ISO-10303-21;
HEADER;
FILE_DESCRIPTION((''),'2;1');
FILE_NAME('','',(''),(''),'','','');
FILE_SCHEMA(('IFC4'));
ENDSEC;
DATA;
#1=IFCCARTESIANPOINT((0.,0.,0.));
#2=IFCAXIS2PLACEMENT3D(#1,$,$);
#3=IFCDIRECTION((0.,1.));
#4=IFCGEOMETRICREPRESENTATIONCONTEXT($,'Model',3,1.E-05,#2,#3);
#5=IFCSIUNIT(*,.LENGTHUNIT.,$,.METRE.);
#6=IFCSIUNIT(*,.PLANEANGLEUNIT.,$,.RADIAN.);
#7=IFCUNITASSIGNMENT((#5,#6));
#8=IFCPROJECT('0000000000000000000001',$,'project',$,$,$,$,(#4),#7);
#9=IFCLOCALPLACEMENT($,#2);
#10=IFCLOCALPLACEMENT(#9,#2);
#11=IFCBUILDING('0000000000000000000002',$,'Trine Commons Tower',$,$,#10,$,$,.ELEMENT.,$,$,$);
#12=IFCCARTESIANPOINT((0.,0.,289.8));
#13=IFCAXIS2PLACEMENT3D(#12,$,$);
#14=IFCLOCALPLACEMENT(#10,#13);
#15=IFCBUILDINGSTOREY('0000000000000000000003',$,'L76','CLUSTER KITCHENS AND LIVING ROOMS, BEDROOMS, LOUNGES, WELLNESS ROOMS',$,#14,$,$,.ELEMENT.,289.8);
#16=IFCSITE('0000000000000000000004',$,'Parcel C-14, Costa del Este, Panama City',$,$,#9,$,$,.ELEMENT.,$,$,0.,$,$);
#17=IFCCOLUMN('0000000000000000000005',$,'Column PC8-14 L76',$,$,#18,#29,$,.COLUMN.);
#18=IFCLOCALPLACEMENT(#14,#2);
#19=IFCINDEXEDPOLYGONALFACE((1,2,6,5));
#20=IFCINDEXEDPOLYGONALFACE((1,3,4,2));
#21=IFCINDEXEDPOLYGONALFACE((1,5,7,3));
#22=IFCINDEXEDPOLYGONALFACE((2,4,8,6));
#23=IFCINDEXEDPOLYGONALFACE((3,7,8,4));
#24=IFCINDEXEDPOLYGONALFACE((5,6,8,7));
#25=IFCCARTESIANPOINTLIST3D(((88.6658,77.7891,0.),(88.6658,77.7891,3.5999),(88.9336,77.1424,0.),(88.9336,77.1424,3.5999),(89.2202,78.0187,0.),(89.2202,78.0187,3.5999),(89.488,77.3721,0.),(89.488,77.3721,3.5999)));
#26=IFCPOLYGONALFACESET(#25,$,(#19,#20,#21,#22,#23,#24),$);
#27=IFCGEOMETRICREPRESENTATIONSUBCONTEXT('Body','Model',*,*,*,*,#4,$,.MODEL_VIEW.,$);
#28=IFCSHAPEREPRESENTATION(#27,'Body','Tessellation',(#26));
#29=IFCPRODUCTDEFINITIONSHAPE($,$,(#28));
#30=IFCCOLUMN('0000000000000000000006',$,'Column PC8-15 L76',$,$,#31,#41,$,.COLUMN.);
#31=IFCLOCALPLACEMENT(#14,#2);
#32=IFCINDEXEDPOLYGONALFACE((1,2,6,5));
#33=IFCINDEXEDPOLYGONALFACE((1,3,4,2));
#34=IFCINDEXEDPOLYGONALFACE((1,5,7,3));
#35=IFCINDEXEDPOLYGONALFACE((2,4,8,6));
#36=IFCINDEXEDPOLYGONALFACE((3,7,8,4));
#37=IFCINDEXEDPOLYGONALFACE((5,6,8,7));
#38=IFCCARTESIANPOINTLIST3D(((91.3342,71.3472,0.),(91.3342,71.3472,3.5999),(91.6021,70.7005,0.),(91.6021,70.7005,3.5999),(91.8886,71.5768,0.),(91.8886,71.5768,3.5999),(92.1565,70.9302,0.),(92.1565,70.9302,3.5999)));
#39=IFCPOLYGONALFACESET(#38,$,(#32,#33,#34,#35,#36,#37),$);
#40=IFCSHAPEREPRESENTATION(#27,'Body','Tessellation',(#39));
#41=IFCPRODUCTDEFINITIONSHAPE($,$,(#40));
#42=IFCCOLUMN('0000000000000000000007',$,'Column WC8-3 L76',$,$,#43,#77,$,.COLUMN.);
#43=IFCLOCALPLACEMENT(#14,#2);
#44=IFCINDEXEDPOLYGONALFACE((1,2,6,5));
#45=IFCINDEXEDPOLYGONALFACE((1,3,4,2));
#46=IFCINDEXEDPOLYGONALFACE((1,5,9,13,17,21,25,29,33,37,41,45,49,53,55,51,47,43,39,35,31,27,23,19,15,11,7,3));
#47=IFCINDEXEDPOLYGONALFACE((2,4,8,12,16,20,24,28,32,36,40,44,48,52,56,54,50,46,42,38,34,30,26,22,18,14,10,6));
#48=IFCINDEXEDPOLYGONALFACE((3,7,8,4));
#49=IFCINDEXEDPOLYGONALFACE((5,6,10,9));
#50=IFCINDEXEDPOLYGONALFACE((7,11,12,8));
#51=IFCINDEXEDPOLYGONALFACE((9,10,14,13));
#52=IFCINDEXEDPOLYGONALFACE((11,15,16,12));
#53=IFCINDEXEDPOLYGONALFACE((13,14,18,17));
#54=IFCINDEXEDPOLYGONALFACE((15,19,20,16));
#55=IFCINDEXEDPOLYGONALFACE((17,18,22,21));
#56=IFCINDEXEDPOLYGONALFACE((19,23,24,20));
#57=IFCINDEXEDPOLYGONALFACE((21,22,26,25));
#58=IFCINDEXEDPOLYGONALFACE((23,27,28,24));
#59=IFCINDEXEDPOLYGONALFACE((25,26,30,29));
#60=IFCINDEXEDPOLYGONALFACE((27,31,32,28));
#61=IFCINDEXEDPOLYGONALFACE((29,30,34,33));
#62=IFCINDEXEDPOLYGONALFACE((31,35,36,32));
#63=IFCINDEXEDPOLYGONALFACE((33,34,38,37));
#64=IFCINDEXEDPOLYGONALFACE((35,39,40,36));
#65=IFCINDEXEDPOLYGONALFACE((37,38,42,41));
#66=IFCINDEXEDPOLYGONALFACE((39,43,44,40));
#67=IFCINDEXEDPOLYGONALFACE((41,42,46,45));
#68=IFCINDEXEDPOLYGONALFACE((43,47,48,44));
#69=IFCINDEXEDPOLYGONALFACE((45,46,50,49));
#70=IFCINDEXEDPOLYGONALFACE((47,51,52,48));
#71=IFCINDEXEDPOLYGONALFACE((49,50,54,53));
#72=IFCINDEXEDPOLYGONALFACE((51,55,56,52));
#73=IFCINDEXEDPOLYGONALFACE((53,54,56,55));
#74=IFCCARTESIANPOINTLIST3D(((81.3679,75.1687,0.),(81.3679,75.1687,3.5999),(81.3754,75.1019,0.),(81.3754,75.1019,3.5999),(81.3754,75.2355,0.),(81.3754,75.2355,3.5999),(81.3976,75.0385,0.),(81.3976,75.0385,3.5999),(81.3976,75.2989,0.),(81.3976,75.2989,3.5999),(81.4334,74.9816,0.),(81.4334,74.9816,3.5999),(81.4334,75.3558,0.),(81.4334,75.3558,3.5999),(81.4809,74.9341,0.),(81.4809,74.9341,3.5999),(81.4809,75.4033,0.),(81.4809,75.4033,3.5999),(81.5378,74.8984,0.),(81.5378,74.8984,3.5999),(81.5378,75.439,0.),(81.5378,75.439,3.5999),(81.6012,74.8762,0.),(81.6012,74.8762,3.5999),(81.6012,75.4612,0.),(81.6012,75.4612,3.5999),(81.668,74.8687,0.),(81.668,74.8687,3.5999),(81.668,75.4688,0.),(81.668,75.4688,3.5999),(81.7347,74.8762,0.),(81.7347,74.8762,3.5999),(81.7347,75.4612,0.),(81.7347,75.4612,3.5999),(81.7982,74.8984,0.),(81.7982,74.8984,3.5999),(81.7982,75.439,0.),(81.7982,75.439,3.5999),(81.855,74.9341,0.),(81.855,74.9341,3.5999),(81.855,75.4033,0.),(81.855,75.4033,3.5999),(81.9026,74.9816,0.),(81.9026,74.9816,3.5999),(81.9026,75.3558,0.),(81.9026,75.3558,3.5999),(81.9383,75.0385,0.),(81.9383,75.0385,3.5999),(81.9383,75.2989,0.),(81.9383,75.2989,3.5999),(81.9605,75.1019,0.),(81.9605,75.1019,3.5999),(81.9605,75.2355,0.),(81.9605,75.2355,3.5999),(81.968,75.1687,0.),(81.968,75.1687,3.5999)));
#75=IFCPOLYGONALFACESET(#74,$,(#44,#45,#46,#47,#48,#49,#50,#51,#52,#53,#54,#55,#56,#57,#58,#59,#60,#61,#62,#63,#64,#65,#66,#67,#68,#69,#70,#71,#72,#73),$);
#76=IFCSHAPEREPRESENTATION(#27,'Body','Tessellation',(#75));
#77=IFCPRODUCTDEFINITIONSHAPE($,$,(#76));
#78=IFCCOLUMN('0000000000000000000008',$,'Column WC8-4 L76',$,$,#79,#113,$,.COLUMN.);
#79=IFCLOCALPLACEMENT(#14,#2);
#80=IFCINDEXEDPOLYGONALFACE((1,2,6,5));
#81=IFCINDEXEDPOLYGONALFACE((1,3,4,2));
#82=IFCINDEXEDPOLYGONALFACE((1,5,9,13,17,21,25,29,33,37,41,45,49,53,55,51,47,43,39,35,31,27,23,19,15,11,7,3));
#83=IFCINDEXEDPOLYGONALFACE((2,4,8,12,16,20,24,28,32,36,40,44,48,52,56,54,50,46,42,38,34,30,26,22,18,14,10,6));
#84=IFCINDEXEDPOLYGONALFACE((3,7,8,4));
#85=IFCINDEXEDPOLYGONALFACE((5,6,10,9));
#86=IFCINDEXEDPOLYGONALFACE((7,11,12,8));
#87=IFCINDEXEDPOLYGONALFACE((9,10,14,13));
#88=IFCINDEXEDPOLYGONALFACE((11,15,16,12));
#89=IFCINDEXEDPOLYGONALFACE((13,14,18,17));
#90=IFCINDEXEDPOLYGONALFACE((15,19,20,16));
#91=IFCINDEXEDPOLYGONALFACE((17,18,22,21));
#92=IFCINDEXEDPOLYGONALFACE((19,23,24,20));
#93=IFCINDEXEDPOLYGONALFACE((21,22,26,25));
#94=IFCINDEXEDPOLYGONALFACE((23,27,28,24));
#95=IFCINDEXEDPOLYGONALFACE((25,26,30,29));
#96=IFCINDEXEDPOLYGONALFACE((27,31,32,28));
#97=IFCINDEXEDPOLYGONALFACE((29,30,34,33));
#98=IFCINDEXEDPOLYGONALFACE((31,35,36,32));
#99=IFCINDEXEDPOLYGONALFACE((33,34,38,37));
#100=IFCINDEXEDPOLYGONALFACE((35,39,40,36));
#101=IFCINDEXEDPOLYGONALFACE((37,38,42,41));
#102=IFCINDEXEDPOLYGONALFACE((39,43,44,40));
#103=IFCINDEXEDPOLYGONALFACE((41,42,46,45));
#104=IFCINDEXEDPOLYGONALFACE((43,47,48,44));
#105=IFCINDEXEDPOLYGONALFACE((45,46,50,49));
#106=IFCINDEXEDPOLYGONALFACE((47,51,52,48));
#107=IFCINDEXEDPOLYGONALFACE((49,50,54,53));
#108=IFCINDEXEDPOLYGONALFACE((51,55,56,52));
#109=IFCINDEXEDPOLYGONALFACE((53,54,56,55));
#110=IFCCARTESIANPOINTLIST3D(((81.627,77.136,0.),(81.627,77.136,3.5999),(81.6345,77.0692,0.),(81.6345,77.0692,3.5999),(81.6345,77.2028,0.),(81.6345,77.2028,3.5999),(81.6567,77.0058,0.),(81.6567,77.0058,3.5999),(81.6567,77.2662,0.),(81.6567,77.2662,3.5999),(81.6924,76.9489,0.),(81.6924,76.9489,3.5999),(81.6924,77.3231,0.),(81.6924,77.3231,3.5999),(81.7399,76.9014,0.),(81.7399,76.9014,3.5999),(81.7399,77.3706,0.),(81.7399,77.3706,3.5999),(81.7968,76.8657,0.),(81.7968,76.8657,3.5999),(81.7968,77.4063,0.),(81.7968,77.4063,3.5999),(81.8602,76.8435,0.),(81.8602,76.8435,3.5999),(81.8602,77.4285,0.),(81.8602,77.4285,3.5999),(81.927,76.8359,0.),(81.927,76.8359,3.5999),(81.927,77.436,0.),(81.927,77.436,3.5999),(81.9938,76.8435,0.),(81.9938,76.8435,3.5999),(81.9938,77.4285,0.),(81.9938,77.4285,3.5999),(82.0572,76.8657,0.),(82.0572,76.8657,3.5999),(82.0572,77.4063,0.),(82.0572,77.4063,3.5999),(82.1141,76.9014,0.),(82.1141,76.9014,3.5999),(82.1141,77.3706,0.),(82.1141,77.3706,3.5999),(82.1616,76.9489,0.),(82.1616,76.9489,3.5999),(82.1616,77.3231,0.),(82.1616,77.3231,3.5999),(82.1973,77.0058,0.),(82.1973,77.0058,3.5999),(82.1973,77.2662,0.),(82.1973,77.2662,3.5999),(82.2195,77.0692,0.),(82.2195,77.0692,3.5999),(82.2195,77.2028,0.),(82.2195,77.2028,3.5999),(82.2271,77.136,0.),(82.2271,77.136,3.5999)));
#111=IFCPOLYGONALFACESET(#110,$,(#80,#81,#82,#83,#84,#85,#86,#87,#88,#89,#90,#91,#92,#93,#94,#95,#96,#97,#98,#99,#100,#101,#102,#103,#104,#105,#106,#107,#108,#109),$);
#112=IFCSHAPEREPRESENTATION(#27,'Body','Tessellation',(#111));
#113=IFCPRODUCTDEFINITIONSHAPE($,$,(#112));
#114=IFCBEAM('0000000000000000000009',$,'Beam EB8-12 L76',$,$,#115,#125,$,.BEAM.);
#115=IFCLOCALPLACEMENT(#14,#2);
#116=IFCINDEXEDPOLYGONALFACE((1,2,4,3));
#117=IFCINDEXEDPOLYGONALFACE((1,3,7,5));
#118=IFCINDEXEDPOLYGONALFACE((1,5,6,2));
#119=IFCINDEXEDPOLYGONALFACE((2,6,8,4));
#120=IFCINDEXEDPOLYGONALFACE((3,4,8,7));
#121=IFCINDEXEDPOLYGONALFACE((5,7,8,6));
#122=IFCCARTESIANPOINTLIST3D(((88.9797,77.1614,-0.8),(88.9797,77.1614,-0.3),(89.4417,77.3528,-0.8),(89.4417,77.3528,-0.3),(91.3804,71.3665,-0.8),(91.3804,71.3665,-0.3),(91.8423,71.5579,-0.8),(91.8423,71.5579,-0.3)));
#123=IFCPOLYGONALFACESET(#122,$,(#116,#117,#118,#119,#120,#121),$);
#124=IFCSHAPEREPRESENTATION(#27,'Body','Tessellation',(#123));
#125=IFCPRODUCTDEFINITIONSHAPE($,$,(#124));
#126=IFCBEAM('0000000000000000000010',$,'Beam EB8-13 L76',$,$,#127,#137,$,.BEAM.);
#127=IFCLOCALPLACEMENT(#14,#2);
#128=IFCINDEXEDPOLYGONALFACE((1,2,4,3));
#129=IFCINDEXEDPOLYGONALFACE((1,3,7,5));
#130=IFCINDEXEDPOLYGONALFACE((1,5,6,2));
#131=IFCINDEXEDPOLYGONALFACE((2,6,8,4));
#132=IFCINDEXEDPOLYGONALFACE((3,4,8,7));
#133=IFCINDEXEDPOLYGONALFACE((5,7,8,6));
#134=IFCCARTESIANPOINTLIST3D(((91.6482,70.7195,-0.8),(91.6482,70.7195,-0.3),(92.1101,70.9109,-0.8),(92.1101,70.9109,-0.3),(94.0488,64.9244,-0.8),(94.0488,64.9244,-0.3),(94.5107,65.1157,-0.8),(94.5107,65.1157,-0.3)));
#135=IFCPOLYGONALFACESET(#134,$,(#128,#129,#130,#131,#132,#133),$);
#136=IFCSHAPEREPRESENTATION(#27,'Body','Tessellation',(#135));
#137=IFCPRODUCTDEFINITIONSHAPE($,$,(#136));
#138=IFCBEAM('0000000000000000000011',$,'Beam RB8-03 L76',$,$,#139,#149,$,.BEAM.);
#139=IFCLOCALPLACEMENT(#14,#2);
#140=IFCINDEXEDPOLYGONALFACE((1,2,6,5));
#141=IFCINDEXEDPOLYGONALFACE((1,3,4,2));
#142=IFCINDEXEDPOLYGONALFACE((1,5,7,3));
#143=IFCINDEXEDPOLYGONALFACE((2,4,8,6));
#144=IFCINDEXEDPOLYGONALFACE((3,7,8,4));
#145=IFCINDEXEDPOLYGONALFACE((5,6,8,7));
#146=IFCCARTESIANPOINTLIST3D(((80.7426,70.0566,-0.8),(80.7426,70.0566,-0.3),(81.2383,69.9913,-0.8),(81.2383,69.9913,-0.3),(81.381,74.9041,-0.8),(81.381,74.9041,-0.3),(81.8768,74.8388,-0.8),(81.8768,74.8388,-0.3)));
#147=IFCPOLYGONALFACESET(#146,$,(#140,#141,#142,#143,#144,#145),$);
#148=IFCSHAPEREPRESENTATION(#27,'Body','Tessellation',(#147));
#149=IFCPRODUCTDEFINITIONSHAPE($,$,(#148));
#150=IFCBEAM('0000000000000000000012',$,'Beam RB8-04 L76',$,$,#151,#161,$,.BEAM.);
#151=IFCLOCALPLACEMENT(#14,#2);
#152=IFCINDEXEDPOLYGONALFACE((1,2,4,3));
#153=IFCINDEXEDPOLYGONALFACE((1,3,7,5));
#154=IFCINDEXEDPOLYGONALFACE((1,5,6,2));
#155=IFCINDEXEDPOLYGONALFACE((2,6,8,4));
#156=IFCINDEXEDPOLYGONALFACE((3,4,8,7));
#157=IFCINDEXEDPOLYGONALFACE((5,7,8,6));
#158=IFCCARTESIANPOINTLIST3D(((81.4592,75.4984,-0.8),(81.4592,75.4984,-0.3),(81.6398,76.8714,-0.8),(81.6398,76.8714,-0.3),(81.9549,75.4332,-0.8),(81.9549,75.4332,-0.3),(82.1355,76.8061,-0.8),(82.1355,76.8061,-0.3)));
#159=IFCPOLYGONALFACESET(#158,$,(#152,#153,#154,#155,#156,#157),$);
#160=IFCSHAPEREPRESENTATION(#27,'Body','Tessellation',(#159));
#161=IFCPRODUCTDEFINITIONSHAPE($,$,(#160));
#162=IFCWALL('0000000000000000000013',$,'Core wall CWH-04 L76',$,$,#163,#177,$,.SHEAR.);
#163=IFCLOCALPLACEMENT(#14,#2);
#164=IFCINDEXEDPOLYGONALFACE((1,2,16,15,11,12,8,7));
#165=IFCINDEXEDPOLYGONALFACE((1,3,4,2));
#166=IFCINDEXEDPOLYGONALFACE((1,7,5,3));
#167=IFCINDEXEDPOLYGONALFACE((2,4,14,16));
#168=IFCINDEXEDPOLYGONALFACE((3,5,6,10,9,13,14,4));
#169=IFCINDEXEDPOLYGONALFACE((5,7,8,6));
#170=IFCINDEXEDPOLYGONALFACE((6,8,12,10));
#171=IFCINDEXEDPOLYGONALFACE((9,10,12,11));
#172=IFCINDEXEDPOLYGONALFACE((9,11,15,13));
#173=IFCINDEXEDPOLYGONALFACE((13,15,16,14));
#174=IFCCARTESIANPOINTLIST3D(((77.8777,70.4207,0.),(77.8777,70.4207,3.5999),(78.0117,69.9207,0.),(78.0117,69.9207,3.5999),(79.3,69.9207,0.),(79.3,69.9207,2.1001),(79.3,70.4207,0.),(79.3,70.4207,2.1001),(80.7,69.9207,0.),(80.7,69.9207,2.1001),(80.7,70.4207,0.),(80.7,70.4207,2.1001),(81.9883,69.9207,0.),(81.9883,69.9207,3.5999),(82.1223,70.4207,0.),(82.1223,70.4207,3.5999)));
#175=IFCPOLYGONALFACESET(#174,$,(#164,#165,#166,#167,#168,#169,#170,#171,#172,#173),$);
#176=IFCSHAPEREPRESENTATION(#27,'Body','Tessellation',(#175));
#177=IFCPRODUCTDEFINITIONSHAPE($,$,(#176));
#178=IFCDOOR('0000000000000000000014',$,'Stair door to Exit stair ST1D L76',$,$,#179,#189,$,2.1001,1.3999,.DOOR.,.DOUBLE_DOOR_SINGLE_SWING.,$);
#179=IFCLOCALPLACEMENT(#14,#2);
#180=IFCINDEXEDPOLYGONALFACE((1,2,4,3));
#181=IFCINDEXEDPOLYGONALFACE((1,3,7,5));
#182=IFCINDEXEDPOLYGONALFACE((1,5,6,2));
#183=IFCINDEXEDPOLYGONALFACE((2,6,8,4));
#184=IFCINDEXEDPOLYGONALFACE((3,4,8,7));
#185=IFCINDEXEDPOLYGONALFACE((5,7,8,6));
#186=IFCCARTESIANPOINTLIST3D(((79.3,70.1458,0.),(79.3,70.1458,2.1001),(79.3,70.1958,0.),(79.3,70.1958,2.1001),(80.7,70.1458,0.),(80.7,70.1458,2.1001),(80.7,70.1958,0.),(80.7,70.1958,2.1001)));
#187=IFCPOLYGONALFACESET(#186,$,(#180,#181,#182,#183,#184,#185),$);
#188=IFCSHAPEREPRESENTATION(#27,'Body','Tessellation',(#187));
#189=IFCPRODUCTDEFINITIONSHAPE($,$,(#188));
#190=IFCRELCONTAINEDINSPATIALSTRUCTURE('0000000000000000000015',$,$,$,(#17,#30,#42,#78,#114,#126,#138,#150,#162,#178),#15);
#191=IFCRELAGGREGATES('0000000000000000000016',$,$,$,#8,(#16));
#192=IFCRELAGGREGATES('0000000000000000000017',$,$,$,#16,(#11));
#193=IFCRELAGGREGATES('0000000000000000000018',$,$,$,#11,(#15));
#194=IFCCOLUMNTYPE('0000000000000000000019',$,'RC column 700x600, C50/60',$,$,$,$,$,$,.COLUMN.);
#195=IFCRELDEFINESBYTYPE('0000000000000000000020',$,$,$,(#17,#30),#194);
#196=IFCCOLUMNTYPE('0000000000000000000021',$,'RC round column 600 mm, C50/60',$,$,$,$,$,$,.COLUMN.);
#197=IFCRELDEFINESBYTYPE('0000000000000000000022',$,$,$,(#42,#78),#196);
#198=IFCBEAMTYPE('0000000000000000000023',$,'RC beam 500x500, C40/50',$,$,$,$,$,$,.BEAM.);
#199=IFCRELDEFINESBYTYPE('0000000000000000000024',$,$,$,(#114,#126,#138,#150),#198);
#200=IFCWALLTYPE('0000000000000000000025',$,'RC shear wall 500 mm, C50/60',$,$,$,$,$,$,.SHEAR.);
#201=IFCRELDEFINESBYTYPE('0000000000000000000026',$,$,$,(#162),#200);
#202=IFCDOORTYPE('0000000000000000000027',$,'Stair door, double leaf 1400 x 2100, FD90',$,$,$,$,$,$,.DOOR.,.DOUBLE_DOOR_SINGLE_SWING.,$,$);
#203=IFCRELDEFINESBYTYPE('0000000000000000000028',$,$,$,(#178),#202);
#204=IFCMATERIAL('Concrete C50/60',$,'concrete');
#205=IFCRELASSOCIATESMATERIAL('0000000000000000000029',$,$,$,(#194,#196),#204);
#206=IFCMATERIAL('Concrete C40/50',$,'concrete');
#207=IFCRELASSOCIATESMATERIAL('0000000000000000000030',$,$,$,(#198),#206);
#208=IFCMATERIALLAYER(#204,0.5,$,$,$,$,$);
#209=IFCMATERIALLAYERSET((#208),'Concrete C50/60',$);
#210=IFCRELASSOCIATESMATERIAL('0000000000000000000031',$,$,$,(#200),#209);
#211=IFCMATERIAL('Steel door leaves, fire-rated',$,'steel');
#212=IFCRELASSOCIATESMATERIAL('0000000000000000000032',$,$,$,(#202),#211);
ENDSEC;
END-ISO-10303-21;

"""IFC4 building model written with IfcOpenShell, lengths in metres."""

from ifc_helpers import new_model, si_unit, direction, frame, frame_2d, origin, origin_2d, place, context, subcontext, project, spatial, polyline, rectangle, circle, outline, extrude, material, layer, layer_set, material_profile, profile_set, type_object, element, fill, save


model = new_model("IFC4")

# Units and contexts
model_context = context("Model", 3, precision=1e-05, world=origin(), true_north=direction((0.0, 1.0)))
body_context = subcontext(model_context, "Body", "Model", "MODEL_VIEW")
ifc_project = project(units=[si_unit("LENGTHUNIT", "METRE"), si_unit("PLANEANGLEUNIT", "RADIAN")], contexts=[model_context])

# Site, building, storey
site_placement = place(None, origin())
site = spatial("IfcSite", under=ifc_project, at=site_placement, Name="Parcel C-14, Costa del Este, Panama City", CompositionType="ELEMENT", RefElevation=0.0)
building_placement = place(site_placement, origin())
building = spatial("IfcBuilding", under=site, at=building_placement, Name="Trine Commons Tower", CompositionType="ELEMENT")
storey_placement = place(building_placement, frame((0.0, 0.0, 289.8)))
storey = spatial("IfcBuildingStorey", under=building, at=storey_placement, Name="L76", Description="CLUSTER KITCHENS AND LIVING ROOMS, BEDROOMS, LOUNGES, WELLNESS ROOMS", CompositionType="ELEMENT", Elevation=289.8)

# Columns
ifc_material_1 = material(Name="Concrete C50/60", Category="concrete")
ifc_material_profile_1 = material_profile(ifc_material_1, rectangle(XDim=0.7, YDim=0.6001, at=origin_2d()), Name="RC 700x600")
ifc_profile_set_1 = profile_set([ifc_material_profile_1], Name="Concrete C50/60")
column_type_1 = type_object("IfcColumnType", Name="RC column 700x600, C50/60", PredefinedType="COLUMN", material=ifc_profile_set_1)
for number, where, z_axis, x_axis, name in (
    (1, (89.0769, 77.5806, 0.0), (0.0, 0.0, 1.0), (-0.382683, 0.92388, 0.0), "Column PC8-14 L76"),
    (2, (91.7454, 71.1387, 0.0), (0.0, 0.0, 1.0), (-0.382683, 0.92388, 0.0), "Column PC8-15 L76"),
):
    element("IfcColumn", number, at=place(storey_placement, frame(where, z_axis=z_axis, x_axis=x_axis)), inside=storey, type_object=column_type_1, Name=name, PredefinedType="COLUMN", context=body_context, shape_type="SweptSolid", body=[
        extrude(rectangle(XDim=0.7, YDim=0.6001, at=origin_2d()), origin(), (0.0, 0.0, 1.0), 3.5999),
    ])
ifc_material_profile_2 = material_profile(ifc_material_1, circle(Radius=0.3, at=origin_2d()), Name="RC round 600")
ifc_profile_set_2 = profile_set([ifc_material_profile_2], Name="Concrete C50/60")
column_type_2 = type_object("IfcColumnType", Name="RC round column 600 mm, C50/60", PredefinedType="COLUMN", material=ifc_profile_set_2)
for number, where, z_axis, x_axis, name in (
    (3, (81.668, 75.1687, 0.0), (0.0, 0.0, 1.0), (1.0, 0.0, 0.0), "Column WC8-3 L76"),
    (4, (81.927, 77.136, 0.0), (0.0, 0.0, 1.0), (1.0, 0.0, 0.0), "Column WC8-4 L76"),
):
    element("IfcColumn", number, at=place(storey_placement, frame(where, z_axis=z_axis, x_axis=x_axis)), inside=storey, type_object=column_type_2, Name=name, PredefinedType="COLUMN", context=body_context, shape_type="SweptSolid", body=[
        extrude(circle(Radius=0.3, at=origin_2d()), origin(), (0.0, 0.0, 1.0), 3.5999),
    ])

# Beams
ifc_material_2 = material(Name="Concrete C40/50", Category="concrete")
ifc_material_profile_3 = material_profile(ifc_material_2, rectangle(XDim=0.5, YDim=0.5, at=origin_2d()), Name="RC 500x500")
ifc_profile_set_3 = profile_set([ifc_material_profile_3], Name="Concrete C40/50")
beam_type = type_object("IfcBeamType", Name="RC beam 500x500, C40/50", PredefinedType="BEAM", material=ifc_profile_set_3)
beam_1_placement = place(storey_placement, frame((89.2107, 77.2571, -0.55), z_axis=(0.382724, -0.923863, 0.0), x_axis=(0.923863, 0.382724, 0.0)))
element("IfcBeam", 5, at=beam_1_placement, inside=storey, type_object=beam_type, Name="Beam EB8-12 L76", PredefinedType="BEAM", context=body_context, shape_type="SweptSolid", body=[
    extrude(rectangle(XDim=0.5, YDim=0.5, at=origin_2d()), origin(), (0.0, 0.0, 1.0), 6.2725),
])
beam_2_placement = place(storey_placement, frame((91.8792, 70.8152, -0.55), z_axis=(0.38271, -0.923868, 0.0), x_axis=(0.923868, 0.38271, 0.0)))
element("IfcBeam", 6, at=beam_2_placement, inside=storey, type_object=beam_type, Name="Beam EB8-13 L76", PredefinedType="BEAM", context=body_context, shape_type="SweptSolid", body=[
    extrude(rectangle(XDim=0.5, YDim=0.5, at=origin_2d()), origin(), (0.0, 0.0, 1.0), 6.2727),
])
beam_3_placement = place(storey_placement, frame((80.9905, 70.0239, -0.55), z_axis=(0.130571, 0.991439, 0.0), x_axis=(-0.991439, 0.130571, 0.0)))
element("IfcBeam", 7, at=beam_3_placement, inside=storey, type_object=beam_type, Name="Beam RB8-03 L76", PredefinedType="BEAM", context=body_context, shape_type="SweptSolid", body=[
    extrude(rectangle(XDim=0.5, YDim=0.5, at=origin_2d()), origin(), (0.0, 0.0, 1.0), 4.8894),
])
beam_4_placement = place(storey_placement, frame((81.707, 75.4658, -0.55), z_axis=(0.130455, 0.991454, 0.0), x_axis=(-0.991454, 0.130455, 0.0)))
element("IfcBeam", 8, at=beam_4_placement, inside=storey, type_object=beam_type, Name="Beam RB8-04 L76", PredefinedType="BEAM", context=body_context, shape_type="SweptSolid", body=[
    extrude(rectangle(XDim=0.5, YDim=0.5, at=origin_2d()), origin(), (0.0, 0.0, 1.0), 1.3848),
])

# Wall, opening, door
ifc_layer_1 = layer(ifc_material_1, 0.5)
ifc_layer_set_1 = layer_set([ifc_layer_1], Name="Concrete C50/60")
wall_type_1 = type_object("IfcWallType", Name="RC shear wall 500 mm, C50/60", PredefinedType="SHEAR", material=ifc_layer_set_1)
wall_1_placement = place(storey_placement, frame((82.1223, 70.1707, 0.0), z_axis=(0.0, 0.0, 1.0), x_axis=(-1.0, 0.0, 0.0)))
wall_1 = element("IfcWall", 9, at=wall_1_placement, inside=storey, type_object=wall_type_1, Name="Core wall CWH-04 L76", PredefinedType="SHEAR", context=body_context, shape_type="SweptSolid", body=[
    extrude(outline(polyline([(0.0, -0.25), (4.2446, -0.25), (4.1106, 0.25), (0.134, 0.25), (0.0, -0.25)])), origin(), (0.0, 0.0, 1.0), 3.5999),
])
opening_1_placement = place(wall_1_placement, frame((1.4224, 0.0, 0.0)))
opening_1 = element("IfcOpeningElement", 10, at=opening_1_placement, cuts=wall_1, PredefinedType="OPENING", context=body_context, shape_type="SweptSolid", body=[
    extrude(rectangle(XDim=1.3999, YDim=2.1001, at=frame_2d((0.7, 1.05))), frame((0.0, 0.26, 0.0), z_axis=(0.0, -1.0, 0.0), x_axis=(1.0, 0.0, 0.0)), (0.0, 0.0, 1.0), 0.52),
])
ifc_material_3 = material(Name="Steel door leaves, fire-rated", Category="steel")
door_type_1 = type_object("IfcDoorType", Name="Stair door, double leaf 1400 x 2100, FD90", OperationType="DOUBLE_DOOR_SINGLE_SWING", PredefinedType="DOOR", material=ifc_material_3)
door_1_placement = place(opening_1_placement, origin())
door_1 = element("IfcDoor", 11, at=door_1_placement, inside=storey, type_object=door_type_1, Name="Stair door to Exit stair ST1D L76", OperationType="DOUBLE_DOOR_SINGLE_SWING", OverallHeight=2.1001, OverallWidth=1.3999, PredefinedType="DOOR", context=body_context, shape_type="SweptSolid", body=[
    extrude(rectangle(XDim=1.3999, YDim=2.1001, at=frame_2d((0.7, 1.05))), frame((0.0, 0.0249, 0.0), z_axis=(0.0, -1.0, 0.0), x_axis=(1.0, 0.0, 0.0)), (0.0, 0.0, 1.0), 0.05),
])
fill(opening_1, door_1)

save(model, "model.ifc")
